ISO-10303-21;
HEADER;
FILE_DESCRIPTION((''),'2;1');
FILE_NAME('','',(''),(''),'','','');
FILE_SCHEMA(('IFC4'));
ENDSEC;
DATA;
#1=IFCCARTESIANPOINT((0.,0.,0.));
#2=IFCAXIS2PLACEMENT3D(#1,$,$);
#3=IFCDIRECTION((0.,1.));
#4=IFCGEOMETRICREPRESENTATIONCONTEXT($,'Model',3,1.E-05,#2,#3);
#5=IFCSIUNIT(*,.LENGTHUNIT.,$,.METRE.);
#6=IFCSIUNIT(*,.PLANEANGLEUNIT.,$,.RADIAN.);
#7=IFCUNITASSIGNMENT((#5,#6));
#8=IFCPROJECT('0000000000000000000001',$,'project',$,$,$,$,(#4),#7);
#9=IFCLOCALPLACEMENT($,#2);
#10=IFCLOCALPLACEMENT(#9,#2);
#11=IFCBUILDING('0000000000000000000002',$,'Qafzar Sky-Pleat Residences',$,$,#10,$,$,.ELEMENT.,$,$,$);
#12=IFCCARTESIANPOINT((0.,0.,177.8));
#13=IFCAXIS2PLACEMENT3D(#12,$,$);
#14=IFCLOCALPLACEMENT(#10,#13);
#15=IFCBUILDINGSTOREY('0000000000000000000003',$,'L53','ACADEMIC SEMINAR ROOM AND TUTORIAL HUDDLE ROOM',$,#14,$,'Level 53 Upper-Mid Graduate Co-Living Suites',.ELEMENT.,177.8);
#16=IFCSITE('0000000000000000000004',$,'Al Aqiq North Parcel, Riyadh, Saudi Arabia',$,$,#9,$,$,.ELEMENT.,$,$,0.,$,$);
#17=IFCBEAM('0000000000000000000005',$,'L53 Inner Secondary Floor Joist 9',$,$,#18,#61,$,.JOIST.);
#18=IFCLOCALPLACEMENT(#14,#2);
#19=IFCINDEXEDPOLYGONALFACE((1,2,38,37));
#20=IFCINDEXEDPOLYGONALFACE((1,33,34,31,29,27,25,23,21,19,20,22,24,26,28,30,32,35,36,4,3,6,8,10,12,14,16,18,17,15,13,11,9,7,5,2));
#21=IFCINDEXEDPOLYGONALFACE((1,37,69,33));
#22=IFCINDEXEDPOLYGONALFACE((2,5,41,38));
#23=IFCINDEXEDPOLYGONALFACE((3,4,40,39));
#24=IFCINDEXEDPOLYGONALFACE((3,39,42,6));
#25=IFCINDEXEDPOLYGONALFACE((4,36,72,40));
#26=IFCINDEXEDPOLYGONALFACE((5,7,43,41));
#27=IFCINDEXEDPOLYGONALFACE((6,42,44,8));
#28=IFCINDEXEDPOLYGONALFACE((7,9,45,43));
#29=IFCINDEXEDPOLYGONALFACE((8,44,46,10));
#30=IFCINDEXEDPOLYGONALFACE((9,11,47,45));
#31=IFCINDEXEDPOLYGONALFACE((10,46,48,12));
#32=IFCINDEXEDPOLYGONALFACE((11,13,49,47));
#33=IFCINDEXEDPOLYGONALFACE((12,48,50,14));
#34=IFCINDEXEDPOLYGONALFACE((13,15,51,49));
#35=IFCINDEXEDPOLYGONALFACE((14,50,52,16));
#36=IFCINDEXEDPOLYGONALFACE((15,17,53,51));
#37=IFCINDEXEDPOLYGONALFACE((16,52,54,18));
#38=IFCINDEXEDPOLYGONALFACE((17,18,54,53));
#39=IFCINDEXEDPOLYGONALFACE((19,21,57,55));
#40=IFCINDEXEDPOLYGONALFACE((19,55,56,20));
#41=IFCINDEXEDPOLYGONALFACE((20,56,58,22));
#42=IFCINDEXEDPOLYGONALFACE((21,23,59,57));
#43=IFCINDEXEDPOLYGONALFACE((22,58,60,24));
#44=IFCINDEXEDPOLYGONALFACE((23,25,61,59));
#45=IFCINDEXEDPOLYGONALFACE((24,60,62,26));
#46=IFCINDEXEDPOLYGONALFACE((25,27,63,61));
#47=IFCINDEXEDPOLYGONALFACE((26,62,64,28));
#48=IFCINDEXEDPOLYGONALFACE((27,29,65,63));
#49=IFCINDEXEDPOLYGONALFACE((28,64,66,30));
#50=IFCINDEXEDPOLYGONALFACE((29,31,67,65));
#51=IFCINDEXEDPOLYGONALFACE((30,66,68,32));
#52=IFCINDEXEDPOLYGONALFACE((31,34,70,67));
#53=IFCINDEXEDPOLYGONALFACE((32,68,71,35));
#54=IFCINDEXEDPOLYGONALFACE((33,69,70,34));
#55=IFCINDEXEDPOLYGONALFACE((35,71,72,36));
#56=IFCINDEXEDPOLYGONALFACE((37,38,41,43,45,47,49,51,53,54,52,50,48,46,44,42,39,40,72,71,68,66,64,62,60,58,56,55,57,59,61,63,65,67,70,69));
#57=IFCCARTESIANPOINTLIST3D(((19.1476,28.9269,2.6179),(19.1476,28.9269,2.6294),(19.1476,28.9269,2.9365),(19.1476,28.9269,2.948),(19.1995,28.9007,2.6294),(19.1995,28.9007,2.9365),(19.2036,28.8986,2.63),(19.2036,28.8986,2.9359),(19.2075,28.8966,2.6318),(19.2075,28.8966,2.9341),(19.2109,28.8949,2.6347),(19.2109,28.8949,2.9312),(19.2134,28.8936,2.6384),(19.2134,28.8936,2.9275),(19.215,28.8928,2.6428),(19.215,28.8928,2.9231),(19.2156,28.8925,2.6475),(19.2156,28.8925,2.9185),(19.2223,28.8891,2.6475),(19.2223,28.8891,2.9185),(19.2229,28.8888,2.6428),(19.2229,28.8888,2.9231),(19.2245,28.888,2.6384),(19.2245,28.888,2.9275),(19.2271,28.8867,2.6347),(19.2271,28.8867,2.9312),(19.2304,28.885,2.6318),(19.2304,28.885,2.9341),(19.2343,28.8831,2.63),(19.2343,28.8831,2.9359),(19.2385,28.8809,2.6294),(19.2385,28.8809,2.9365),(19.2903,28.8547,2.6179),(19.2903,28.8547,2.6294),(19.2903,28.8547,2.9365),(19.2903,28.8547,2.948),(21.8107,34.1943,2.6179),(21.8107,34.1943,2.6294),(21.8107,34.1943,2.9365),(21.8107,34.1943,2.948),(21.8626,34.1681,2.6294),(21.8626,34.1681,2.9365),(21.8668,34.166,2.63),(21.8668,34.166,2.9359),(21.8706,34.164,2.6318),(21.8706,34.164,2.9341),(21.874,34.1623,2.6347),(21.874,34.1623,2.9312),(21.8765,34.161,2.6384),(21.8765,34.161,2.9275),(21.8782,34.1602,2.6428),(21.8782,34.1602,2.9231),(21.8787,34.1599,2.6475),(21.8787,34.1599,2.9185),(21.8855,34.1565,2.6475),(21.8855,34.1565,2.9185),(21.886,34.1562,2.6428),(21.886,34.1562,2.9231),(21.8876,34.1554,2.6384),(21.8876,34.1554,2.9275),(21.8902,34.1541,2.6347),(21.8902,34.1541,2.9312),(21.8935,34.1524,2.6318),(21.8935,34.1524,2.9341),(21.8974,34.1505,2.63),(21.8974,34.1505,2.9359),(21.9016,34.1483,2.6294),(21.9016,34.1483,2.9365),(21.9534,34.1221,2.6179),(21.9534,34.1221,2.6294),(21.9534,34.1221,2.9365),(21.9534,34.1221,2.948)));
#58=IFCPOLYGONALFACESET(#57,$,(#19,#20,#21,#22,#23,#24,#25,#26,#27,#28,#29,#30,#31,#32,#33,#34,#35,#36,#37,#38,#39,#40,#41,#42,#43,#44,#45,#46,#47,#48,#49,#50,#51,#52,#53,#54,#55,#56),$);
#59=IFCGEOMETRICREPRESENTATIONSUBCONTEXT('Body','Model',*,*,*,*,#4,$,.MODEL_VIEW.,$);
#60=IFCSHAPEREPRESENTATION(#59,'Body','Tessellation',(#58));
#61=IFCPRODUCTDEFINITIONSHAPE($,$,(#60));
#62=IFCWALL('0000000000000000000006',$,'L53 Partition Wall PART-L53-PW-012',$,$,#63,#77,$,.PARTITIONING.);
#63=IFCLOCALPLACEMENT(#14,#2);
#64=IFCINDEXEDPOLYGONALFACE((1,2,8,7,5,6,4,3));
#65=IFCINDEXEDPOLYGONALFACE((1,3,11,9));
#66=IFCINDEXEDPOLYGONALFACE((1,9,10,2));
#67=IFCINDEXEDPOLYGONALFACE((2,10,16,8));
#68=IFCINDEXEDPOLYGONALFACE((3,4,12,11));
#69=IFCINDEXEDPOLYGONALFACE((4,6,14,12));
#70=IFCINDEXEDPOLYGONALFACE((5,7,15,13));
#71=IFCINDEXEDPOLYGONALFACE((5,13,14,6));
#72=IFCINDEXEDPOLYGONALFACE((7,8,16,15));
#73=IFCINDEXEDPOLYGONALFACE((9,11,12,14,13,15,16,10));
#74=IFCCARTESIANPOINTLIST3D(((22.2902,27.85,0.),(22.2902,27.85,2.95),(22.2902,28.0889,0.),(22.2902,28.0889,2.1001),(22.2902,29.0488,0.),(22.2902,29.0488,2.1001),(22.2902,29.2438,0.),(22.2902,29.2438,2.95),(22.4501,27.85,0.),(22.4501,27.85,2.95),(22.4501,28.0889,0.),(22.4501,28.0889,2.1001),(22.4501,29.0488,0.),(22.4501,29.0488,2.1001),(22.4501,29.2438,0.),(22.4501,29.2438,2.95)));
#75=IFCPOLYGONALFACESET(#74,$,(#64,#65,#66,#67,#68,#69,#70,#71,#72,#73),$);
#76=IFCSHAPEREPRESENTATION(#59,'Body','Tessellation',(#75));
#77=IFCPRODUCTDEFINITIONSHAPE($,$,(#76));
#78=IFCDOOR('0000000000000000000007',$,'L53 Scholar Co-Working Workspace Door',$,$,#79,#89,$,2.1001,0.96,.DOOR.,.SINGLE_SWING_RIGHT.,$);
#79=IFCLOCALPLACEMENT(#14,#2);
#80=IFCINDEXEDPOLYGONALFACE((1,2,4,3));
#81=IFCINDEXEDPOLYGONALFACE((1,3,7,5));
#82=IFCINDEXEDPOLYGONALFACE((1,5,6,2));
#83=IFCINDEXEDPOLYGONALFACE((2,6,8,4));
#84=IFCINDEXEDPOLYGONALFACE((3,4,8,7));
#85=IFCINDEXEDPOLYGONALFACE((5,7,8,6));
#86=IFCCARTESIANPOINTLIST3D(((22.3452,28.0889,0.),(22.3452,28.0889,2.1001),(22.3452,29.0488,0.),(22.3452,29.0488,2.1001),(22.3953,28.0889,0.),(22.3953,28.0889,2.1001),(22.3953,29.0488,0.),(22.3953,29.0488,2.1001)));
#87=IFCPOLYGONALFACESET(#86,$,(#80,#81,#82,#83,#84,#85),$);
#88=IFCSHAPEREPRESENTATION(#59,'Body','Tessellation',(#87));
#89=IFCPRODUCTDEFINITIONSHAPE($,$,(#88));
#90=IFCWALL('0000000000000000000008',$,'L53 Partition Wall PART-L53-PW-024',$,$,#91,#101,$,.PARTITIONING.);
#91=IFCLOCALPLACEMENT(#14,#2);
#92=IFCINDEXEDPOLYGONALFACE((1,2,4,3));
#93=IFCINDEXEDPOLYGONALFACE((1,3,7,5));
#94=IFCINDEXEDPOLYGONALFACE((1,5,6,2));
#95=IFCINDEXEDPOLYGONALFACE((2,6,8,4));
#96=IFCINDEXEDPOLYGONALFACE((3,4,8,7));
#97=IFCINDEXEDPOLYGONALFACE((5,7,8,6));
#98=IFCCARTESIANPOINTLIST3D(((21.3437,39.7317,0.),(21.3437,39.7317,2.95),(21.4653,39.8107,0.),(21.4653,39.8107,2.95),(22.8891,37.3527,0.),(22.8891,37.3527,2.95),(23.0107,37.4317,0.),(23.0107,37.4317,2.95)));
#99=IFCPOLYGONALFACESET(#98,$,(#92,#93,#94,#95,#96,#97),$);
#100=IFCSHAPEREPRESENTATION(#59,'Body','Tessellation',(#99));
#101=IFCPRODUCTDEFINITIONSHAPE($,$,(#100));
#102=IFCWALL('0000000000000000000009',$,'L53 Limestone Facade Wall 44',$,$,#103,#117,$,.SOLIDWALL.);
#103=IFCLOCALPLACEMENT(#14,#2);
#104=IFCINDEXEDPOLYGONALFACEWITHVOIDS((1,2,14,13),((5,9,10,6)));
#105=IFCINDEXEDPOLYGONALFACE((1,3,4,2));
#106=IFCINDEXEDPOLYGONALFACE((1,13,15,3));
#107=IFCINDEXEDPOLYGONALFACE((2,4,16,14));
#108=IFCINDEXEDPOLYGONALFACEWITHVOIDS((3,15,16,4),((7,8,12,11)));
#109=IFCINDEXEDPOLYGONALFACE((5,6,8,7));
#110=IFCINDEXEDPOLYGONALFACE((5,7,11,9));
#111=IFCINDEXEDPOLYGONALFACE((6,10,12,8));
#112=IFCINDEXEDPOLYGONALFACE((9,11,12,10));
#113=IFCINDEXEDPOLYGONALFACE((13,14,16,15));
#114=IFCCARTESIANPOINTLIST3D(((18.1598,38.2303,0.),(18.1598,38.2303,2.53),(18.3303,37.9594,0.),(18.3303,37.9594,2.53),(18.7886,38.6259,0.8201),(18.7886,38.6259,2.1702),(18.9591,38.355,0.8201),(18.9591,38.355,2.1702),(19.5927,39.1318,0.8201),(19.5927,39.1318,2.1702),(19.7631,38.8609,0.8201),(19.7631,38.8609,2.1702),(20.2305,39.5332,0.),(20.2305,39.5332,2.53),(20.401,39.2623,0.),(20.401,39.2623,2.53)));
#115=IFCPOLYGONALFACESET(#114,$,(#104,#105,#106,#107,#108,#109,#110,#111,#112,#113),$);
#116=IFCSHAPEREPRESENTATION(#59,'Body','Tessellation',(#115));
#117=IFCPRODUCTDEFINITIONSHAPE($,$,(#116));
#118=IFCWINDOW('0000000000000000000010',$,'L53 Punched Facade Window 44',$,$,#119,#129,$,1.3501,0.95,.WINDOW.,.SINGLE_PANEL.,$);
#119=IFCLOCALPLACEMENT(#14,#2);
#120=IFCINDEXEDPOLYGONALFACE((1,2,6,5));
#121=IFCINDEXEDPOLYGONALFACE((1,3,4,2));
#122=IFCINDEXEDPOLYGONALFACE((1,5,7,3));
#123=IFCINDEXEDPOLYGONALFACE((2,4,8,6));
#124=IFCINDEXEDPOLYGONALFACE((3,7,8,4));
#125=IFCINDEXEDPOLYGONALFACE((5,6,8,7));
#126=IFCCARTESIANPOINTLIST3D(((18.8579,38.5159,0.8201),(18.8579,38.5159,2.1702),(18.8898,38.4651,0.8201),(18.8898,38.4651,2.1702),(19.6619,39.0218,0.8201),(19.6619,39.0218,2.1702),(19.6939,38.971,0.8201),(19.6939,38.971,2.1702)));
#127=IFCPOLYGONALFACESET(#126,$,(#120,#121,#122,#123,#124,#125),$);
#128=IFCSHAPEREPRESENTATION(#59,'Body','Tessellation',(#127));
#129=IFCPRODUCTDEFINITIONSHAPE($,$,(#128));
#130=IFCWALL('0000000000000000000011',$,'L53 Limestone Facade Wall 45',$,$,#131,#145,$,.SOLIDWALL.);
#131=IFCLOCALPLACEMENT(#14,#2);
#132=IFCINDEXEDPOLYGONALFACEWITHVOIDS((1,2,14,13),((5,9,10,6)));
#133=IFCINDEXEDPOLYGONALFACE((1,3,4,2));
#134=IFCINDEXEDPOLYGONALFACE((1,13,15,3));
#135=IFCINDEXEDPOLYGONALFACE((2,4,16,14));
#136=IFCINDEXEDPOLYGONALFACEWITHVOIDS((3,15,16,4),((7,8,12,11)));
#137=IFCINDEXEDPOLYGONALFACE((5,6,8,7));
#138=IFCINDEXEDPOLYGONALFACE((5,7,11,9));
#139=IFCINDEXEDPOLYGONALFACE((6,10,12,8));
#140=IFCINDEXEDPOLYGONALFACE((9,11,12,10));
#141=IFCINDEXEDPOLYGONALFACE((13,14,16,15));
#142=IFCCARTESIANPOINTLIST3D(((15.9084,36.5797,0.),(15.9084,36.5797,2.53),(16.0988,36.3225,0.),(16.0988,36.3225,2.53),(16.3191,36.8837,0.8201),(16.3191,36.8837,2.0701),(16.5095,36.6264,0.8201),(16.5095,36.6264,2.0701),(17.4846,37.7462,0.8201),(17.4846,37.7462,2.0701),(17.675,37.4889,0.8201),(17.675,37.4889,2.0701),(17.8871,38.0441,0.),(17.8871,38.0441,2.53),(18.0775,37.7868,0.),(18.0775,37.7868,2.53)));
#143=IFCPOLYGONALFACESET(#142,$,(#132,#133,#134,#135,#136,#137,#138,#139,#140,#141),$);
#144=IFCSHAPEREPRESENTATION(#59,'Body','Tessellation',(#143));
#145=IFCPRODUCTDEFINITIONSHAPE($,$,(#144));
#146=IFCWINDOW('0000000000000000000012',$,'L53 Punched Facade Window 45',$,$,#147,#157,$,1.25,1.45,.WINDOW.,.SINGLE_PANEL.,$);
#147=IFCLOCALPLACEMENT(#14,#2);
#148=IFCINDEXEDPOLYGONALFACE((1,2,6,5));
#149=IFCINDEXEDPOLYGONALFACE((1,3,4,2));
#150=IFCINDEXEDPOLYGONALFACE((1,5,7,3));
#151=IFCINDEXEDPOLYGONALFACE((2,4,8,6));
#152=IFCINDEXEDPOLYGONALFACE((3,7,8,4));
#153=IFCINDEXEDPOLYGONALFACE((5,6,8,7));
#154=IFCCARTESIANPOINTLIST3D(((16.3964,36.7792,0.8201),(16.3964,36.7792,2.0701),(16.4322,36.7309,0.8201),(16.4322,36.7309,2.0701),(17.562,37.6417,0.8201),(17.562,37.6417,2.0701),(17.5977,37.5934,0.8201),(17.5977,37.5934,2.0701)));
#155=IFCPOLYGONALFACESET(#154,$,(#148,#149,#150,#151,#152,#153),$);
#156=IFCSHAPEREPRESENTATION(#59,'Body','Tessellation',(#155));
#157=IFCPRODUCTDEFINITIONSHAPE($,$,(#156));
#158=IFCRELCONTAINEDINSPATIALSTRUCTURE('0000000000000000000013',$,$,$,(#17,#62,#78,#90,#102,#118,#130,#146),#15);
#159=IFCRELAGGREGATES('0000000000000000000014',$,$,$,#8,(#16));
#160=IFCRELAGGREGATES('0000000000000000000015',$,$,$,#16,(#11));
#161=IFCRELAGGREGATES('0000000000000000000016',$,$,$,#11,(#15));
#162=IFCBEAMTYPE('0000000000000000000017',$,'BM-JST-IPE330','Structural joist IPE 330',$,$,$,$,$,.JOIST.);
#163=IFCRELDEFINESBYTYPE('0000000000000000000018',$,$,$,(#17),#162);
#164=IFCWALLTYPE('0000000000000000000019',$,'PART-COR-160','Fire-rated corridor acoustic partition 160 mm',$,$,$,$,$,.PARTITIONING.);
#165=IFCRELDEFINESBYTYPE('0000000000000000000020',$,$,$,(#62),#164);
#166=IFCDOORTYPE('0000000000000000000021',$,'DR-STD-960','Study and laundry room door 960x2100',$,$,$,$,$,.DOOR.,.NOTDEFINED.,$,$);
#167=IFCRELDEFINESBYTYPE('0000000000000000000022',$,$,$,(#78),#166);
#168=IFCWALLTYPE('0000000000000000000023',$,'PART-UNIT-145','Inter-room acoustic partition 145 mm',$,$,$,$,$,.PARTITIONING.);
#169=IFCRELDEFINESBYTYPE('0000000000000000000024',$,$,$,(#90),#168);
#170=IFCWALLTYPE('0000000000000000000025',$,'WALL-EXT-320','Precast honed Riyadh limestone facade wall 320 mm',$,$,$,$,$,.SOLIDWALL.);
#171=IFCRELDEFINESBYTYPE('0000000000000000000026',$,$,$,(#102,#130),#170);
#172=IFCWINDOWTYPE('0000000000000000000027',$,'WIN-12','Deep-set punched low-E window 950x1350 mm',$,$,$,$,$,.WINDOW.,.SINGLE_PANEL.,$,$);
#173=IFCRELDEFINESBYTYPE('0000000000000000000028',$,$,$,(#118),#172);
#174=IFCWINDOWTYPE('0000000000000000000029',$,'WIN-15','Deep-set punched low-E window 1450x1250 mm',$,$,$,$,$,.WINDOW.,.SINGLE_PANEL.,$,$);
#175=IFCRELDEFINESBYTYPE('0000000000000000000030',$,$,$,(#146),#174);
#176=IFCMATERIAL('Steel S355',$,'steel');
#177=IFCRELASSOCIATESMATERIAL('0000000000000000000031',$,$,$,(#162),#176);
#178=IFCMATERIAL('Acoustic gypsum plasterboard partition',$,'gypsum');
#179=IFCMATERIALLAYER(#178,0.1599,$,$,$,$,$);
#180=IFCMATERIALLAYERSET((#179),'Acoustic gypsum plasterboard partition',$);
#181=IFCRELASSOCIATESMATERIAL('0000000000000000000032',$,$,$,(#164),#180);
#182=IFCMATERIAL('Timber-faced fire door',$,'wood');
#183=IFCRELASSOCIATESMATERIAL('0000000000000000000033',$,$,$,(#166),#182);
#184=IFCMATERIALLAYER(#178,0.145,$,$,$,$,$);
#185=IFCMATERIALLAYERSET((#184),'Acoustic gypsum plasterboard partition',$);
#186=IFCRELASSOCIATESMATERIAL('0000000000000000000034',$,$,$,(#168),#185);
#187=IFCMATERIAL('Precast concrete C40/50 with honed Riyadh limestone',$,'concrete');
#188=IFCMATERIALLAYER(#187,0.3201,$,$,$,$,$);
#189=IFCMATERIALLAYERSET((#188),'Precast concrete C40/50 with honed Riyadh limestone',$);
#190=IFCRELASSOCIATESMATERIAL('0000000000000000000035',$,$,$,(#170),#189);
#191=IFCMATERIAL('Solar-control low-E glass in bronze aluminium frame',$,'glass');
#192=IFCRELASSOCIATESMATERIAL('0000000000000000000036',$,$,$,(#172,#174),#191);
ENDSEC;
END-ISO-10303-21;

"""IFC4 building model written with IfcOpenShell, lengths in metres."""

from ifc_helpers import new_model, si_unit, direction, frame, frame_2d, origin, origin_2d, place, context, subcontext, project, spatial, rectangle, i_section, extrude, source, transform, mapped, material, layer, layer_set, material_profile, profile_set, type_object, element, fill, save


model = new_model("IFC4")

# Units and contexts
model_context = context("Model", 3, precision=1e-05, world=origin(), true_north=direction((0.0, 1.0)))
body_context = subcontext(model_context, "Body", "Model", "MODEL_VIEW")
ifc_project = project(units=[si_unit("LENGTHUNIT", "METRE"), si_unit("PLANEANGLEUNIT", "RADIAN")], contexts=[model_context])

# Site, building, storey
site_placement = place(None, origin())
site = spatial("IfcSite", under=ifc_project, at=site_placement, Name="Al Aqiq North Parcel, Riyadh, Saudi Arabia", CompositionType="ELEMENT", RefElevation=0.0)
building_placement = place(site_placement, origin())
building = spatial("IfcBuilding", under=site, at=building_placement, Name="Qafzar Sky-Pleat Residences", CompositionType="ELEMENT")
storey_placement = place(building_placement, frame((0.0, 0.0, 177.8)))
storey = spatial("IfcBuildingStorey", under=building, at=storey_placement, Name="L53", Description="ACADEMIC SEMINAR ROOM AND TUTORIAL HUDDLE ROOM", LongName="Level 53 Upper-Mid Graduate Co-Living Suites", CompositionType="ELEMENT", Elevation=177.8)

# Beam
ifc_material_1 = material(Name="Steel S355", Category="steel")
ifc_material_profile_1 = material_profile(ifc_material_1, i_section(OverallWidth=0.1599, OverallDepth=0.3301, WebThickness=0.0076, FlangeThickness=0.0115, FilletRadius=0.0181, at=origin_2d()), Name="IPE 330")
ifc_profile_set_1 = profile_set([ifc_material_profile_1], Name="Steel S355")
beam_type_1 = type_object("IfcBeamType", Name="BM-JST-IPE330", Description="Structural joist IPE 330", PredefinedType="JOIST", material=ifc_profile_set_1)
shared_shape_1 = source(origin(), body_context, "Body", "SweptSolid", [
    extrude(i_section(OverallWidth=0.1599, OverallDepth=0.3301, WebThickness=0.0076, FlangeThickness=0.0115, FilletRadius=0.0181, at=origin_2d()), origin(), (0.0, 0.0, 1.0), 5.9023),
])
beam_1_placement = place(storey_placement, frame((21.8821, 34.1582, 2.783), z_axis=(-0.451197, -0.892425, 0.0), x_axis=(0.892425, -0.451197, 0.0)))
element("IfcBeam", 1, at=beam_1_placement, inside=storey, type_object=beam_type_1, Name="L53 Inner Secondary Floor Joist 9", PredefinedType="JOIST", context=body_context, shape_type="MappedRepresentation", body=[
    mapped(shared_shape_1, transform((0.0, 0.0, 0.0), x_axis=(1.0, 0.0, 0.0), y_axis=(0.0, 1.0, 0.0), z_axis=(0.0, 0.0, 1.0), scale=1.0)),
])

# Wall, opening, door
ifc_material_2 = material(Name="Acoustic gypsum plasterboard partition", Category="gypsum")
ifc_layer_1 = layer(ifc_material_2, 0.1599)
ifc_layer_set_1 = layer_set([ifc_layer_1], Name="Acoustic gypsum plasterboard partition")
wall_type_1 = type_object("IfcWallType", Name="PART-COR-160", Description="Fire-rated corridor acoustic partition 160 mm", PredefinedType="PARTITIONING", material=ifc_layer_set_1)
wall_1_placement = place(storey_placement, frame((22.3701, 27.8501, 0.0), z_axis=(0.0, 0.0, 1.0), x_axis=(0.0, 1.0, 0.0)))
wall_1 = element("IfcWall", 2, at=wall_1_placement, inside=storey, type_object=wall_type_1, Name="L53 Partition Wall PART-L53-PW-012", PredefinedType="PARTITIONING", context=body_context, shape_type="SweptSolid", body=[
    extrude(rectangle(XDim=1.3938, YDim=0.1599, at=frame_2d((0.6968, 0.0))), origin(), (0.0, 0.0, 1.0), 2.95),
])
opening_1_placement = place(wall_1_placement, frame((0.2388, 0.0, 0.0)))
opening_1 = element("IfcOpeningElement", 3, at=opening_1_placement, cuts=wall_1, PredefinedType="OPENING", context=body_context, shape_type="SweptSolid", body=[
    extrude(rectangle(XDim=0.96, YDim=2.1001, at=frame_2d((0.48, 1.05))), frame((0.0, 0.0898, 0.0), z_axis=(0.0, -1.0, 0.0), x_axis=(1.0, 0.0, 0.0)), (0.0, 0.0, 1.0), 0.1799),
])
ifc_material_3 = material(Name="Timber-faced fire door", Category="wood")
door_type = type_object("IfcDoorType", Name="DR-STD-960", Description="Study and laundry room door 960x2100", OperationType="NOTDEFINED", PredefinedType="DOOR", material=ifc_material_3)
shared_shape_2 = source(origin(), body_context, "Body", "SweptSolid", [
    extrude(rectangle(XDim=0.96, YDim=2.1001, at=frame_2d((0.48, 1.05))), frame((0.0, 0.0249, 0.0), z_axis=(0.0, -1.0, 0.0), x_axis=(1.0, 0.0, 0.0)), (0.0, 0.0, 1.0), 0.05),
])
door_placement = place(opening_1_placement, origin())
door = element("IfcDoor", 4, at=door_placement, inside=storey, type_object=door_type, Name="L53 Scholar Co-Working Workspace Door", OperationType="SINGLE_SWING_RIGHT", OverallHeight=2.1001, OverallWidth=0.96, PredefinedType="DOOR", context=body_context, shape_type="MappedRepresentation", body=[
    mapped(shared_shape_2, transform((0.0, 0.0, 0.0), x_axis=(1.0, 0.0, 0.0), y_axis=(0.0, 1.0, 0.0), z_axis=(0.0, 0.0, 1.0), scale=1.0)),
])
fill(opening_1, door)

# Wall
ifc_layer_2 = layer(ifc_material_2, 0.145)
ifc_layer_set_2 = layer_set([ifc_layer_2], Name="Acoustic gypsum plasterboard partition")
wall_type_2 = type_object("IfcWallType", Name="PART-UNIT-145", Description="Inter-room acoustic partition 145 mm", PredefinedType="PARTITIONING", material=ifc_layer_set_2)
wall_2_placement = place(storey_placement, frame((21.4045, 39.7712, 0.0), z_axis=(0.0, 0.0, 1.0), x_axis=(0.544731, -0.838611, 0.0)))
element("IfcWall", 5, at=wall_2_placement, inside=storey, type_object=wall_type_2, Name="L53 Partition Wall PART-L53-PW-024", PredefinedType="PARTITIONING", context=body_context, shape_type="SweptSolid", body=[
    extrude(rectangle(XDim=2.8369, YDim=0.145, at=frame_2d((1.4185, 0.0))), origin(), (0.0, 0.0, 1.0), 2.95),
])

# Walls, openings, windows
ifc_material_4 = material(Name="Precast concrete C40/50 with honed Riyadh limestone", Category="concrete")
ifc_layer_3 = layer(ifc_material_4, 0.3201)
ifc_layer_set_3 = layer_set([ifc_layer_3], Name="Precast concrete C40/50 with honed Riyadh limestone")
wall_type_3 = type_object("IfcWallType", Name="WALL-EXT-320", Description="Precast honed Riyadh limestone facade wall 320 mm", PredefinedType="SOLIDWALL", material=ifc_layer_set_3)
wall_3_placement = place(storey_placement, frame((20.3157, 39.3977, 0.0), z_axis=(0.0, 0.0, 1.0), x_axis=(-0.846391, -0.532562, 0.0)))
wall_3 = element("IfcWall", 6, at=wall_3_placement, inside=storey, type_object=wall_type_3, Name="L53 Limestone Facade Wall 44", PredefinedType="SOLIDWALL", context=body_context, shape_type="SweptSolid", body=[
    extrude(rectangle(XDim=2.4465, YDim=0.3201, at=frame_2d((1.2231, 0.0))), origin(), (0.0, 0.0, 1.0), 2.53),
])
opening_2_placement = place(wall_3_placement, frame((0.7534, 0.0, 0.8201)))
opening_2 = element("IfcOpeningElement", 7, at=opening_2_placement, cuts=wall_3, PredefinedType="OPENING", context=body_context, shape_type="SweptSolid", body=[
    extrude(rectangle(XDim=0.95, YDim=1.3501, at=frame_2d((0.4751, 0.675))), frame((0.0, 0.1699, 0.0), z_axis=(0.0, -1.0, 0.0), x_axis=(1.0, 0.0, 0.0)), (0.0, 0.0, 1.0), 0.3401),
])
ifc_material_5 = material(Name="Solar-control low-E glass in bronze aluminium frame", Category="glass")
window_type_1 = type_object("IfcWindowType", Name="WIN-12", Description="Deep-set punched low-E window 950x1350 mm", PartitioningType="SINGLE_PANEL", PredefinedType="WINDOW", material=ifc_material_5)
shared_shape_3 = source(origin(), body_context, "Body", "SweptSolid", [
    extrude(rectangle(XDim=0.95, YDim=1.3501, at=frame_2d((0.4751, 0.675))), frame((0.0, 0.03, 0.0), z_axis=(0.0, -1.0, 0.0), x_axis=(1.0, 0.0, 0.0)), (0.0, 0.0, 1.0), 0.0601),
])
window_1_placement = place(opening_2_placement, origin())
window_1 = element("IfcWindow", 8, at=window_1_placement, inside=storey, type_object=window_type_1, Name="L53 Punched Facade Window 44", OverallHeight=1.3501, OverallWidth=0.95, PartitioningType="SINGLE_PANEL", PredefinedType="WINDOW", context=body_context, shape_type="MappedRepresentation", body=[
    mapped(shared_shape_3, transform((0.0, 0.0, 0.0), x_axis=(1.0, 0.0, 0.0), y_axis=(0.0, 1.0, 0.0), z_axis=(0.0, 0.0, 1.0), scale=1.0)),
])
fill(opening_2, window_1)
wall_4_placement = place(storey_placement, frame((17.9824, 37.9155, 0.0), z_axis=(0.0, 0.0, 1.0), x_axis=(-0.803828, -0.594862, 0.0)))
wall_4 = element("IfcWall", 9, at=wall_4_placement, inside=storey, type_object=wall_type_3, Name="L53 Limestone Facade Wall 45", PredefinedType="SOLIDWALL", context=body_context, shape_type="SweptSolid", body=[
    extrude(rectangle(XDim=2.4617, YDim=0.3201, at=frame_2d((1.231, 0.0))), origin(), (0.0, 0.0, 1.0), 2.53),
])
opening_3_placement = place(wall_4_placement, frame((0.5007, 0.0, 0.8201)))
opening_3 = element("IfcOpeningElement", 10, at=opening_3_placement, cuts=wall_4, PredefinedType="OPENING", context=body_context, shape_type="SweptSolid", body=[
    extrude(rectangle(XDim=1.45, YDim=1.25, at=frame_2d((0.7251, 0.625))), frame((0.0, 0.1699, 0.0), z_axis=(0.0, -1.0, 0.0), x_axis=(1.0, 0.0, 0.0)), (0.0, 0.0, 1.0), 0.3401),
])
window_type_2 = type_object("IfcWindowType", Name="WIN-15", Description="Deep-set punched low-E window 1450x1250 mm", PartitioningType="SINGLE_PANEL", PredefinedType="WINDOW", material=ifc_material_5)
shared_shape_4 = source(origin(), body_context, "Body", "SweptSolid", [
    extrude(rectangle(XDim=1.45, YDim=1.25, at=frame_2d((0.7251, 0.625))), frame((0.0, 0.03, 0.0), z_axis=(0.0, -1.0, 0.0), x_axis=(1.0, 0.0, 0.0)), (0.0, 0.0, 1.0), 0.0601),
])
window_2_placement = place(opening_3_placement, origin())
window_2 = element("IfcWindow", 11, at=window_2_placement, inside=storey, type_object=window_type_2, Name="L53 Punched Facade Window 45", OverallHeight=1.25, OverallWidth=1.45, PartitioningType="SINGLE_PANEL", PredefinedType="WINDOW", context=body_context, shape_type="MappedRepresentation", body=[
    mapped(shared_shape_4, transform((0.0, 0.0, 0.0), x_axis=(1.0, 0.0, 0.0), y_axis=(0.0, 1.0, 0.0), z_axis=(0.0, 0.0, 1.0), scale=1.0)),
])
fill(opening_3, window_2)

save(model, "model.ifc")
